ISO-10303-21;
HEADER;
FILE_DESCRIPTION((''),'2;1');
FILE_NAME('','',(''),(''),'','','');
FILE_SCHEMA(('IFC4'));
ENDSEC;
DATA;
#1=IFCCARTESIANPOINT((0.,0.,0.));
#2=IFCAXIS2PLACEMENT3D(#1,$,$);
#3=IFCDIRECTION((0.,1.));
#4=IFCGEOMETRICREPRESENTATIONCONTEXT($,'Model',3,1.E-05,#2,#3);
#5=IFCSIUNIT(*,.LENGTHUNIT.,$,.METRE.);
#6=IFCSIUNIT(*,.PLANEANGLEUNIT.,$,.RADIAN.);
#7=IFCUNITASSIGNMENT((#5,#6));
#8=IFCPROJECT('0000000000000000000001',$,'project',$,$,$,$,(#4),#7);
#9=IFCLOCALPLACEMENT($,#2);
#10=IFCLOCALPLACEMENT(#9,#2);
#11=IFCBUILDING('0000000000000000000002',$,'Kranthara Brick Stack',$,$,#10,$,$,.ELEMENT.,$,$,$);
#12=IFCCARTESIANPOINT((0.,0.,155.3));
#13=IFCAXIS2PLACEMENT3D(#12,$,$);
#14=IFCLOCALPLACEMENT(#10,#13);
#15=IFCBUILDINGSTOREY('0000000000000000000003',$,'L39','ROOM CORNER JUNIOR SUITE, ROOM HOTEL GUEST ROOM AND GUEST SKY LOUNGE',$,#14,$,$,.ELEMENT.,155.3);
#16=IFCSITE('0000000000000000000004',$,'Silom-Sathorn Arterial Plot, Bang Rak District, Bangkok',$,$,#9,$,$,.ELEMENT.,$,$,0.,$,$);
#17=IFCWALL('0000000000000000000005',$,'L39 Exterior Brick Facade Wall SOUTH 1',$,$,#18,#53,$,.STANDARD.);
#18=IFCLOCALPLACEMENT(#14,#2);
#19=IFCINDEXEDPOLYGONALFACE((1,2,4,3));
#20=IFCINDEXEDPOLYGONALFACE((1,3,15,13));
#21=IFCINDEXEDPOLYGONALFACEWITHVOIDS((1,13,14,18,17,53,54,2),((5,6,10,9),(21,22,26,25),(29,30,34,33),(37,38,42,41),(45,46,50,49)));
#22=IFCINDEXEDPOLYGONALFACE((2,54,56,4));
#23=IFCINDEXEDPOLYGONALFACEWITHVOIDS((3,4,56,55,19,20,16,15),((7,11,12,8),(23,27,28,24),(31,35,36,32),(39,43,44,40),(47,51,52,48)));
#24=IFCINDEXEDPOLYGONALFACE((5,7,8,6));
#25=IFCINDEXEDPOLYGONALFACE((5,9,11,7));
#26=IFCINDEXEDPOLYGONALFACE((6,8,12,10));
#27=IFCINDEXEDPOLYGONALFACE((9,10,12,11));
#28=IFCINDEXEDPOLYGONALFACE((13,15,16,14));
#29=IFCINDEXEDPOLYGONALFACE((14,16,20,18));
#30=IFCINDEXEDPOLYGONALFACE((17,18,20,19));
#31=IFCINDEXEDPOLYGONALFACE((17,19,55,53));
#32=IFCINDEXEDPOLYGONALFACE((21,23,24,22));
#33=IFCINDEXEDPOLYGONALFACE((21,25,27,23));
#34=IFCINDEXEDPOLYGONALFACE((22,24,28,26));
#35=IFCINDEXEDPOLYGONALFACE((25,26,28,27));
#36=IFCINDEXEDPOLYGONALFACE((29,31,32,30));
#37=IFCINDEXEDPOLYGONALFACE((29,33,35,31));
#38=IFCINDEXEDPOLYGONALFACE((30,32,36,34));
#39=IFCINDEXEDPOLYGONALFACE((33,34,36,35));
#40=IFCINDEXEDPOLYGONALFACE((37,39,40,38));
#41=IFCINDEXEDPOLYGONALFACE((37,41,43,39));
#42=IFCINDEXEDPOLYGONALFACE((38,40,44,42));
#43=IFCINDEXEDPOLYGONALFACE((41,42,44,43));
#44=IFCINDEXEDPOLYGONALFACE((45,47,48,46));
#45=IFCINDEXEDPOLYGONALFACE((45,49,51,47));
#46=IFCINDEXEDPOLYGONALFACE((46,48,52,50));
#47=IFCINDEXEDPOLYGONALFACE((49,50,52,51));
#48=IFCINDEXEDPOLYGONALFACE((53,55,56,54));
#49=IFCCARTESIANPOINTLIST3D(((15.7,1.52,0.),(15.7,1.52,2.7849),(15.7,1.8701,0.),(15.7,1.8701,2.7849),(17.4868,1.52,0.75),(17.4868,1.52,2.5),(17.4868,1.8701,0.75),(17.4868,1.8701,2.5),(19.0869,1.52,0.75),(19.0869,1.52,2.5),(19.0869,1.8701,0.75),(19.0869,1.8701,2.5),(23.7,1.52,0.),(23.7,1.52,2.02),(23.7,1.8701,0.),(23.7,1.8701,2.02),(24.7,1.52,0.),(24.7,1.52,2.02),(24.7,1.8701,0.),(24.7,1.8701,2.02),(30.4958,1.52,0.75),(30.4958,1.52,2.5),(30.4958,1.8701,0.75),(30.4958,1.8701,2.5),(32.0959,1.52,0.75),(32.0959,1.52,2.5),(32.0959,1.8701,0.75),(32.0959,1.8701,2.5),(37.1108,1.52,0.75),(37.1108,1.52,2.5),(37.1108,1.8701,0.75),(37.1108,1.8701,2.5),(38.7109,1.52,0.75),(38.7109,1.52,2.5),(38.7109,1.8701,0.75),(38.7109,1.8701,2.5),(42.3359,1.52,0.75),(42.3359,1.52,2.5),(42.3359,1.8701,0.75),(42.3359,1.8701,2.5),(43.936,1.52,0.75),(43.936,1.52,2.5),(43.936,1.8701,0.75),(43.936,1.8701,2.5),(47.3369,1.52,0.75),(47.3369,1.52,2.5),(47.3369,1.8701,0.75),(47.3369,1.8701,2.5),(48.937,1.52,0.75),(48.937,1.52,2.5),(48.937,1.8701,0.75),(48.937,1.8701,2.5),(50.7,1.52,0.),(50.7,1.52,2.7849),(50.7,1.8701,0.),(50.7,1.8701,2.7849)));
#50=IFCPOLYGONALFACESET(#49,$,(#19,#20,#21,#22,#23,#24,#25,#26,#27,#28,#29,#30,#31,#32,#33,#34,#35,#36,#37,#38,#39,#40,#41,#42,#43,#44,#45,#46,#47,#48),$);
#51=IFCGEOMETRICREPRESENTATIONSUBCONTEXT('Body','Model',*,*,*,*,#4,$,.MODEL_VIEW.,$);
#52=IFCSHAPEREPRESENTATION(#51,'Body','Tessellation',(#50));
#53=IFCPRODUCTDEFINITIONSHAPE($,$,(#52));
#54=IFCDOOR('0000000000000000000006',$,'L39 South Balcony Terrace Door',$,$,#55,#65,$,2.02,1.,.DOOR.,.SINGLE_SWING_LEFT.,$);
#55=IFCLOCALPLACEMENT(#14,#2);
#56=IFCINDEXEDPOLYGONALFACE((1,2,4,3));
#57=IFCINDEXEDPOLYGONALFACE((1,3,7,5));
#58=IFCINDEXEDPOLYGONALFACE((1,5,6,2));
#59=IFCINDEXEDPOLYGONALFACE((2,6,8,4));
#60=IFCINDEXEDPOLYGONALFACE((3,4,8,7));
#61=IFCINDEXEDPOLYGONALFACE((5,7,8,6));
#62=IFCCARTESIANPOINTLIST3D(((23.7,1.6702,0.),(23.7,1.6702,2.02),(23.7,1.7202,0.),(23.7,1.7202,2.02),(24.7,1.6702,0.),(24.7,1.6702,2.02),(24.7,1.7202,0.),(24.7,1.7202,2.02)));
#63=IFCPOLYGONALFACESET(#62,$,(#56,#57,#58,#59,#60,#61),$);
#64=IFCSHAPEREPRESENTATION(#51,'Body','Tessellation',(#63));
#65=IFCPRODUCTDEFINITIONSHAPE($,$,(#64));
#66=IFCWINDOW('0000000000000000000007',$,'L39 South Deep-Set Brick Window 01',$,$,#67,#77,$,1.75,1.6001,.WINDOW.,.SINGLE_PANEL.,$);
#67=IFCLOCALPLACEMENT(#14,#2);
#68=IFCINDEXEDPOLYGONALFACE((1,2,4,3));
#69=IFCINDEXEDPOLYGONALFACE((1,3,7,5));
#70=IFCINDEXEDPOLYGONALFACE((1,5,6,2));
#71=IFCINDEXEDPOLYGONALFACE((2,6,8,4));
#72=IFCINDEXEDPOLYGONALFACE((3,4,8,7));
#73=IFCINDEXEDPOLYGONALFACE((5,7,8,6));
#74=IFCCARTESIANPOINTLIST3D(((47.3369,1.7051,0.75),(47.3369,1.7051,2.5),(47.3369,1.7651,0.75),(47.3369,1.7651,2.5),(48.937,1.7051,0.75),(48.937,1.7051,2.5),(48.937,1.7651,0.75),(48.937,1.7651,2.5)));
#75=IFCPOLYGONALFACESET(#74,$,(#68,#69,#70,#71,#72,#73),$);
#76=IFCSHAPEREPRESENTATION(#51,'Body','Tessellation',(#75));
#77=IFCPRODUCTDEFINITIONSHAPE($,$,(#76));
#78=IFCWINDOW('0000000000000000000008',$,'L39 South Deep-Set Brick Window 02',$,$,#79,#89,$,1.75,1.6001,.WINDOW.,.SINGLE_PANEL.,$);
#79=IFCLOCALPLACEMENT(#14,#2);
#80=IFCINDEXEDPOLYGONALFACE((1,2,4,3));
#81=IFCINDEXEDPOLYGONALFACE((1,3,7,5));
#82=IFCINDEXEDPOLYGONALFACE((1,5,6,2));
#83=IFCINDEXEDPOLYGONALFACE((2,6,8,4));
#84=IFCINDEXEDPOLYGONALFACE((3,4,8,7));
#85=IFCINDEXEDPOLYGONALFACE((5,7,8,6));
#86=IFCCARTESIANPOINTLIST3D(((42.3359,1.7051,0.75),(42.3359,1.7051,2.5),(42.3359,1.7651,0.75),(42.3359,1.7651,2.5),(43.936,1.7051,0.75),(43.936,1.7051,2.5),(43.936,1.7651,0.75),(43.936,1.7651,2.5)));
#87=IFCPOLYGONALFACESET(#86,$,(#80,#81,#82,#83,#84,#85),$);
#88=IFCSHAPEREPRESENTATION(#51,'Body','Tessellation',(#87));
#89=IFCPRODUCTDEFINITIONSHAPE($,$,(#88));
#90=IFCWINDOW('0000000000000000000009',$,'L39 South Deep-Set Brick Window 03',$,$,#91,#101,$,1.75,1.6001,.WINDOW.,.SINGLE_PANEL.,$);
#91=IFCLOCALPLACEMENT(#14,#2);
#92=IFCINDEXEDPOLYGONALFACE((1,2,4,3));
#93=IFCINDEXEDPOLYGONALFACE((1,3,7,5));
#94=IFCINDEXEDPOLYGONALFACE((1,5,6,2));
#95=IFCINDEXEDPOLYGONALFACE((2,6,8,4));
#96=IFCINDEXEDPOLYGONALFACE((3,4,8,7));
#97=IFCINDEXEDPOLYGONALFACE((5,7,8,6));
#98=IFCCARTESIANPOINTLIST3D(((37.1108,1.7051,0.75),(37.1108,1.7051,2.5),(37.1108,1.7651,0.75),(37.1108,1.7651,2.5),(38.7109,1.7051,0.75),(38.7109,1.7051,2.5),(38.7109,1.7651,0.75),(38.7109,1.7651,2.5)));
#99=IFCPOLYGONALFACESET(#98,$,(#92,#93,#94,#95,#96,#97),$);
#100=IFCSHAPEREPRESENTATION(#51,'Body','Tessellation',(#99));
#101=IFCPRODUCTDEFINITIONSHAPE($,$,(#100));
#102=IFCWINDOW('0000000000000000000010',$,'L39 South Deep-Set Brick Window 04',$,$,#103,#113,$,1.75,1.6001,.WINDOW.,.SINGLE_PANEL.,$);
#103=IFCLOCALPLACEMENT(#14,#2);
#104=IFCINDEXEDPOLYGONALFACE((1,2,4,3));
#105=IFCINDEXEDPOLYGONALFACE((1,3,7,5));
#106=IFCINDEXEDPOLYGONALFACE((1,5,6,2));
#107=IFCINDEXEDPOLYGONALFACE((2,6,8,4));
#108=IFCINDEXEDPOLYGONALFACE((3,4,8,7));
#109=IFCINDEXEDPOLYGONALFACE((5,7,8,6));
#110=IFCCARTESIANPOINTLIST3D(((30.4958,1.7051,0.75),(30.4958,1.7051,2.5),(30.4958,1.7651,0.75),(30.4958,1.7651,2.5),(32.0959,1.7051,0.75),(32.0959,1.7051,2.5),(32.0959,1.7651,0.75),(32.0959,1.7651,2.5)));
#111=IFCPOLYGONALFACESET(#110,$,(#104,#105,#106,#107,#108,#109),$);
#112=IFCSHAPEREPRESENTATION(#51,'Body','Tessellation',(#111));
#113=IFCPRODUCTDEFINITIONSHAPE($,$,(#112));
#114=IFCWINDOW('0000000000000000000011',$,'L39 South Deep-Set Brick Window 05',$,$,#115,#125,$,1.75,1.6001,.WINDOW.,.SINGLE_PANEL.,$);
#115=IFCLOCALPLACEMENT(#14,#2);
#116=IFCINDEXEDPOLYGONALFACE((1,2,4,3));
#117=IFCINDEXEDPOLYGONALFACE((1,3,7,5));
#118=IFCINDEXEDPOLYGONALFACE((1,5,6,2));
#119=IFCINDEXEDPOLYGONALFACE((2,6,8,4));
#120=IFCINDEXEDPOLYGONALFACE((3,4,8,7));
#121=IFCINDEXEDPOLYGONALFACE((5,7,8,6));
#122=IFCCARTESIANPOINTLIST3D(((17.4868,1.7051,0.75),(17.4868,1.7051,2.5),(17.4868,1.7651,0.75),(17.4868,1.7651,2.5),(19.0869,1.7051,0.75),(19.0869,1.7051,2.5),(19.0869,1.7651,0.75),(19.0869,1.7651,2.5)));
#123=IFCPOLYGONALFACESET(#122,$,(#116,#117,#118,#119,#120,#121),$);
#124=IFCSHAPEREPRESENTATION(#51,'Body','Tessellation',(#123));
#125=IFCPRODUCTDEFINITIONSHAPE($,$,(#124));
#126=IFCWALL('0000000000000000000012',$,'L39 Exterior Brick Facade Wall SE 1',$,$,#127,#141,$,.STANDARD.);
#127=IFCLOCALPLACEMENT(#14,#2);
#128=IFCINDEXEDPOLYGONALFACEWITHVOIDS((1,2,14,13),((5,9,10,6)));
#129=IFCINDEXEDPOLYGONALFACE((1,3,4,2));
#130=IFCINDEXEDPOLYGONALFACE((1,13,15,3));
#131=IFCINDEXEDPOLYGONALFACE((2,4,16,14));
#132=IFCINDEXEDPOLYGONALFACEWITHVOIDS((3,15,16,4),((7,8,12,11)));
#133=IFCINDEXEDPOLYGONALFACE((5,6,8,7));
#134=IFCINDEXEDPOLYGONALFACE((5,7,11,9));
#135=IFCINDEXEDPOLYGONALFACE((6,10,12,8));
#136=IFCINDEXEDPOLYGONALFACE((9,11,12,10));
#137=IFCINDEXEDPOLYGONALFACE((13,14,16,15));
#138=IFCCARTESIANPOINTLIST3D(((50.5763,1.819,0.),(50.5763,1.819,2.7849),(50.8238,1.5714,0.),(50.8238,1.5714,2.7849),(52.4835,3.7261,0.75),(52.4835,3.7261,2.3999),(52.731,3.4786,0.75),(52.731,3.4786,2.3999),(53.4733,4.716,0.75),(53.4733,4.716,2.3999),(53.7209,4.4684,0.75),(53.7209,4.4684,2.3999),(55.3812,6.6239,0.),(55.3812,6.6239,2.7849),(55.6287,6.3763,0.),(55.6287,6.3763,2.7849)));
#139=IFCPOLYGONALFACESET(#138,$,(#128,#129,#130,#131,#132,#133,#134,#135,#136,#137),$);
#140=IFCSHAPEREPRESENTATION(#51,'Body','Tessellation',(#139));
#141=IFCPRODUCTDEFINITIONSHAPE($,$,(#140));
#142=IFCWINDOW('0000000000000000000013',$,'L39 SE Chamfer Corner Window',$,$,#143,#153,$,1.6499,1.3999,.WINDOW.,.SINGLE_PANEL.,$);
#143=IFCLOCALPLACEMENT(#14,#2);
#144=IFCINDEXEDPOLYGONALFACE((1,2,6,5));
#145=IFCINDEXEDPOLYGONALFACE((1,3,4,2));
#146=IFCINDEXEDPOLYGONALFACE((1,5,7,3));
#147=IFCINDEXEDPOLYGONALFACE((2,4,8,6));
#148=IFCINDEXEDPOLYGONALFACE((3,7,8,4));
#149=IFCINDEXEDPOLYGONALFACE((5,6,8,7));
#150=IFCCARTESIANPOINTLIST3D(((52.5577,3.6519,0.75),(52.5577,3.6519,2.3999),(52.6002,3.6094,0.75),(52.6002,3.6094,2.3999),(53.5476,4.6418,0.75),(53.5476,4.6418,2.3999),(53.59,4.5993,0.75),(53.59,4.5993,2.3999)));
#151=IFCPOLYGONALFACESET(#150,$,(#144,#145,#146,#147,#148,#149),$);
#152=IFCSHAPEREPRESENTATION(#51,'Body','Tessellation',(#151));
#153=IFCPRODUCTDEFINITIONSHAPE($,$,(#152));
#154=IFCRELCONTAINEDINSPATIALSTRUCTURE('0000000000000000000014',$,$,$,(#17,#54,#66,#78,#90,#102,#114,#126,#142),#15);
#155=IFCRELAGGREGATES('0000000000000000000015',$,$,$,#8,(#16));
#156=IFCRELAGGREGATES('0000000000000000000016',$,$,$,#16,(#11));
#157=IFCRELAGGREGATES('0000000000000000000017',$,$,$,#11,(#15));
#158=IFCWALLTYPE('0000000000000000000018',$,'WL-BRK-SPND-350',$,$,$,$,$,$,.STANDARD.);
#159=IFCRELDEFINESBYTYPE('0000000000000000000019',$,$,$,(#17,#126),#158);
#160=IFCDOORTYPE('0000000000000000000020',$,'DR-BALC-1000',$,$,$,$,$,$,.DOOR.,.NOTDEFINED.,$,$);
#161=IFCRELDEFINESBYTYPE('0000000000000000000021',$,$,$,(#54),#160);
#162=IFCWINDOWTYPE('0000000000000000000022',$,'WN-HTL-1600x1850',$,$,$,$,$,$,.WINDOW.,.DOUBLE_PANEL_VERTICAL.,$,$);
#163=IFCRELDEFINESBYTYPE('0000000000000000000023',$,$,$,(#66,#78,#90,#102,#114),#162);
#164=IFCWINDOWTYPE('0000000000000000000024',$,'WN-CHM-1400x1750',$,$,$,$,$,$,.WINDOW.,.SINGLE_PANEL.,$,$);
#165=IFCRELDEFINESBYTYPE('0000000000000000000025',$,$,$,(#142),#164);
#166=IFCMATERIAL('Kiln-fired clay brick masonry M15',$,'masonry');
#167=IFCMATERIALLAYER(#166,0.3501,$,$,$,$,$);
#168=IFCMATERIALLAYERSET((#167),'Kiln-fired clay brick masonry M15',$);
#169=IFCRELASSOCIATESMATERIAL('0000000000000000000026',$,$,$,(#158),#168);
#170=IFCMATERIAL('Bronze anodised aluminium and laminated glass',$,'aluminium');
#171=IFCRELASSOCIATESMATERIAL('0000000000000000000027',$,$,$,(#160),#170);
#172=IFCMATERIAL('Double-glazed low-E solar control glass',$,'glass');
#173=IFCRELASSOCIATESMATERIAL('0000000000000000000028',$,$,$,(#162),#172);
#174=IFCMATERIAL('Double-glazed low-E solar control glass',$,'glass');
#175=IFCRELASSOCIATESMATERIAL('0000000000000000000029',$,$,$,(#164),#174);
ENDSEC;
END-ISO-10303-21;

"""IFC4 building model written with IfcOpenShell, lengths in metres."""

from ifc_helpers import new_model, si_unit, direction, frame, frame_2d, origin, place, context, subcontext, project, spatial, rectangle, extrude, material, layer, layer_set, type_object, element, fill, save


model = new_model("IFC4")

# Units and contexts
model_context = context("Model", 3, precision=1e-05, world=origin(), true_north=direction((0.0, 1.0)))
body_context = subcontext(model_context, "Body", "Model", "MODEL_VIEW")
ifc_project = project(units=[si_unit("LENGTHUNIT", "METRE"), si_unit("PLANEANGLEUNIT", "RADIAN")], contexts=[model_context])

# Site, building, storey
site_placement = place(None, origin())
site = spatial("IfcSite", under=ifc_project, at=site_placement, Name="Silom-Sathorn Arterial Plot, Bang Rak District, Bangkok", CompositionType="ELEMENT", RefElevation=0.0)
building_placement = place(site_placement, origin())
building = spatial("IfcBuilding", under=site, at=building_placement, Name="Kranthara Brick Stack", CompositionType="ELEMENT")
storey_placement = place(building_placement, frame((0.0, 0.0, 155.3)))
storey = spatial("IfcBuildingStorey", under=building, at=storey_placement, Name="L39", Description="ROOM CORNER JUNIOR SUITE, ROOM HOTEL GUEST ROOM AND GUEST SKY LOUNGE", CompositionType="ELEMENT", Elevation=155.3)

# Wall, openings, door, windows
ifc_material_1 = material(Name="Kiln-fired clay brick masonry M15", Category="masonry")
ifc_layer_1 = layer(ifc_material_1, 0.3501)
ifc_layer_set_1 = layer_set([ifc_layer_1], Name="Kiln-fired clay brick masonry M15")
wall_type_1 = type_object("IfcWallType", Name="WL-BRK-SPND-350", PredefinedType="STANDARD", material=ifc_layer_set_1)
wall_1_placement = place(storey_placement, frame((50.7, 1.6951, 0.0), z_axis=(0.0, 0.0, 1.0), x_axis=(-1.0, 0.0, 0.0)))
wall_1 = element("IfcWall", 1, at=wall_1_placement, inside=storey, type_object=wall_type_1, Name="L39 Exterior Brick Facade Wall SOUTH 1", PredefinedType="STANDARD", context=body_context, shape_type="SweptSolid", body=[
    extrude(rectangle(XDim=35.0, YDim=0.3501, at=frame_2d((17.5, 0.0))), origin(), (0.0, 0.0, 1.0), 2.7849),
])
opening_1_placement = place(wall_1_placement, frame((26.0, 0.0, 0.0)))
opening_1 = element("IfcOpeningElement", 2, at=opening_1_placement, cuts=wall_1, PredefinedType="OPENING", context=body_context, shape_type="SweptSolid", body=[
    extrude(rectangle(XDim=1.0, YDim=2.02, at=frame_2d((0.5, 1.01))), frame((0.0, 0.1851, 0.0), z_axis=(0.0, -1.0, 0.0), x_axis=(1.0, 0.0, 0.0)), (0.0, 0.0, 1.0), 0.3701),
])
opening_2_placement = place(wall_1_placement, frame((1.7629, 0.0, 0.75)))
opening_2 = element("IfcOpeningElement", 3, at=opening_2_placement, cuts=wall_1, PredefinedType="OPENING", context=body_context, shape_type="SweptSolid", body=[
    extrude(rectangle(XDim=1.6001, YDim=1.75, at=frame_2d((0.8, 0.875))), frame((0.0, 0.1851, 0.0), z_axis=(0.0, -1.0, 0.0), x_axis=(1.0, 0.0, 0.0)), (0.0, 0.0, 1.0), 0.3701),
])
opening_3_placement = place(wall_1_placement, frame((6.7639, 0.0, 0.75)))
opening_3 = element("IfcOpeningElement", 4, at=opening_3_placement, cuts=wall_1, PredefinedType="OPENING", context=body_context, shape_type="SweptSolid", body=[
    extrude(rectangle(XDim=1.6001, YDim=1.75, at=frame_2d((0.8, 0.875))), frame((0.0, 0.1851, 0.0), z_axis=(0.0, -1.0, 0.0), x_axis=(1.0, 0.0, 0.0)), (0.0, 0.0, 1.0), 0.3701),
])
opening_4_placement = place(wall_1_placement, frame((11.989, 0.0, 0.75)))
opening_4 = element("IfcOpeningElement", 5, at=opening_4_placement, cuts=wall_1, PredefinedType="OPENING", context=body_context, shape_type="SweptSolid", body=[
    extrude(rectangle(XDim=1.6001, YDim=1.75, at=frame_2d((0.8, 0.875))), frame((0.0, 0.1851, 0.0), z_axis=(0.0, -1.0, 0.0), x_axis=(1.0, 0.0, 0.0)), (0.0, 0.0, 1.0), 0.3701),
])
opening_5_placement = place(wall_1_placement, frame((18.604, 0.0, 0.75)))
opening_5 = element("IfcOpeningElement", 6, at=opening_5_placement, cuts=wall_1, PredefinedType="OPENING", context=body_context, shape_type="SweptSolid", body=[
    extrude(rectangle(XDim=1.6001, YDim=1.75, at=frame_2d((0.8, 0.875))), frame((0.0, 0.1851, 0.0), z_axis=(0.0, -1.0, 0.0), x_axis=(1.0, 0.0, 0.0)), (0.0, 0.0, 1.0), 0.3701),
])
opening_6_placement = place(wall_1_placement, frame((31.613, 0.0, 0.75)))
opening_6 = element("IfcOpeningElement", 7, at=opening_6_placement, cuts=wall_1, PredefinedType="OPENING", context=body_context, shape_type="SweptSolid", body=[
    extrude(rectangle(XDim=1.6001, YDim=1.75, at=frame_2d((0.8, 0.875))), frame((0.0, 0.1851, 0.0), z_axis=(0.0, -1.0, 0.0), x_axis=(1.0, 0.0, 0.0)), (0.0, 0.0, 1.0), 0.3701),
])
ifc_material_2 = material(Name="Bronze anodised aluminium and laminated glass", Category="aluminium")
door_type_1 = type_object("IfcDoorType", Name="DR-BALC-1000", OperationType="NOTDEFINED", PredefinedType="DOOR", material=ifc_material_2)
door_1_placement = place(opening_1_placement, origin())
door_1 = element("IfcDoor", 8, at=door_1_placement, inside=storey, type_object=door_type_1, Name="L39 South Balcony Terrace Door", OperationType="SINGLE_SWING_LEFT", OverallHeight=2.02, OverallWidth=1.0, PredefinedType="DOOR", context=body_context, shape_type="SweptSolid", body=[
    extrude(rectangle(XDim=1.0, YDim=2.02, at=frame_2d((0.5, 1.01))), frame((0.0, 0.0249, 0.0), z_axis=(0.0, -1.0, 0.0), x_axis=(1.0, 0.0, 0.0)), (0.0, 0.0, 1.0), 0.05),
])
fill(opening_1, door_1)
ifc_material_3 = material(Name="Double-glazed low-E solar control glass", Category="glass")
window_type_1 = type_object("IfcWindowType", Name="WN-HTL-1600x1850", PartitioningType="DOUBLE_PANEL_VERTICAL", PredefinedType="WINDOW", material=ifc_material_3)
window_1_placement = place(opening_2_placement, origin())
window_1 = element("IfcWindow", 9, at=window_1_placement, inside=storey, type_object=window_type_1, Name="L39 South Deep-Set Brick Window 01", OverallHeight=1.75, OverallWidth=1.6001, PartitioningType="SINGLE_PANEL", PredefinedType="WINDOW", context=body_context, shape_type="SweptSolid", body=[
    extrude(rectangle(XDim=1.6001, YDim=1.75, at=frame_2d((0.8, 0.875))), frame((0.0, -0.01, 0.0), z_axis=(0.0, -1.0, 0.0), x_axis=(1.0, 0.0, 0.0)), (0.0, 0.0, 1.0), 0.0601),
])
fill(opening_2, window_1)
window_2_placement = place(opening_3_placement, origin())
window_2 = element("IfcWindow", 10, at=window_2_placement, inside=storey, type_object=window_type_1, Name="L39 South Deep-Set Brick Window 02", OverallHeight=1.75, OverallWidth=1.6001, PartitioningType="SINGLE_PANEL", PredefinedType="WINDOW", context=body_context, shape_type="SweptSolid", body=[
    extrude(rectangle(XDim=1.6001, YDim=1.75, at=frame_2d((0.8, 0.875))), frame((0.0, -0.01, 0.0), z_axis=(0.0, -1.0, 0.0), x_axis=(1.0, 0.0, 0.0)), (0.0, 0.0, 1.0), 0.0601),
])
fill(opening_3, window_2)
window_3_placement = place(opening_4_placement, origin())
window_3 = element("IfcWindow", 11, at=window_3_placement, inside=storey, type_object=window_type_1, Name="L39 South Deep-Set Brick Window 03", OverallHeight=1.75, OverallWidth=1.6001, PartitioningType="SINGLE_PANEL", PredefinedType="WINDOW", context=body_context, shape_type="SweptSolid", body=[
    extrude(rectangle(XDim=1.6001, YDim=1.75, at=frame_2d((0.8, 0.875))), frame((0.0, -0.01, 0.0), z_axis=(0.0, -1.0, 0.0), x_axis=(1.0, 0.0, 0.0)), (0.0, 0.0, 1.0), 0.0601),
])
fill(opening_4, window_3)
window_4_placement = place(opening_5_placement, origin())
window_4 = element("IfcWindow", 12, at=window_4_placement, inside=storey, type_object=window_type_1, Name="L39 South Deep-Set Brick Window 04", OverallHeight=1.75, OverallWidth=1.6001, PartitioningType="SINGLE_PANEL", PredefinedType="WINDOW", context=body_context, shape_type="SweptSolid", body=[
    extrude(rectangle(XDim=1.6001, YDim=1.75, at=frame_2d((0.8, 0.875))), frame((0.0, -0.01, 0.0), z_axis=(0.0, -1.0, 0.0), x_axis=(1.0, 0.0, 0.0)), (0.0, 0.0, 1.0), 0.0601),
])
fill(opening_5, window_4)
window_5_placement = place(opening_6_placement, origin())
window_5 = element("IfcWindow", 13, at=window_5_placement, inside=storey, type_object=window_type_1, Name="L39 South Deep-Set Brick Window 05", OverallHeight=1.75, OverallWidth=1.6001, PartitioningType="SINGLE_PANEL", PredefinedType="WINDOW", context=body_context, shape_type="SweptSolid", body=[
    extrude(rectangle(XDim=1.6001, YDim=1.75, at=frame_2d((0.8, 0.875))), frame((0.0, -0.01, 0.0), z_axis=(0.0, -1.0, 0.0), x_axis=(1.0, 0.0, 0.0)), (0.0, 0.0, 1.0), 0.0601),
])
fill(opening_6, window_5)

# Wall, opening, window
wall_2_placement = place(storey_placement, frame((55.5049, 6.5, 0.0), z_axis=(0.0, 0.0, 1.0), x_axis=(-0.707107, -0.707107, 0.0)))
wall_2 = element("IfcWall", 14, at=wall_2_placement, inside=storey, type_object=wall_type_1, Name="L39 Exterior Brick Facade Wall SE 1", PredefinedType="STANDARD", context=body_context, shape_type="SweptSolid", body=[
    extrude(rectangle(XDim=6.7952, YDim=0.3501, at=frame_2d((3.3975, 0.0))), origin(), (0.0, 0.0, 1.0), 2.7849),
])
opening_7_placement = place(wall_2_placement, frame((2.698, 0.0, 0.75)))
opening_7 = element("IfcOpeningElement", 15, at=opening_7_placement, cuts=wall_2, PredefinedType="OPENING", context=body_context, shape_type="SweptSolid", body=[
    extrude(rectangle(XDim=1.3999, YDim=1.6499, at=frame_2d((0.7, 0.825))), frame((0.0, 0.1851, 0.0), z_axis=(0.0, -1.0, 0.0), x_axis=(1.0, 0.0, 0.0)), (0.0, 0.0, 1.0), 0.3701),
])
ifc_material_4 = material(Name="Double-glazed low-E solar control glass", Category="glass")
window_type_2 = type_object("IfcWindowType", Name="WN-CHM-1400x1750", PartitioningType="SINGLE_PANEL", PredefinedType="WINDOW", material=ifc_material_4)
window_6_placement = place(opening_7_placement, origin())
window_6 = element("IfcWindow", 16, at=window_6_placement, inside=storey, type_object=window_type_2, Name="L39 SE Chamfer Corner Window", OverallHeight=1.6499, OverallWidth=1.3999, PartitioningType="SINGLE_PANEL", PredefinedType="WINDOW", context=body_context, shape_type="SweptSolid", body=[
    extrude(rectangle(XDim=1.3999, YDim=1.6499, at=frame_2d((0.7, 0.825))), frame((0.0, -0.01, 0.0), z_axis=(0.0, -1.0, 0.0), x_axis=(1.0, 0.0, 0.0)), (0.0, 0.0, 1.0), 0.0601),
])
fill(opening_7, window_6)

save(model, "model.ifc")
